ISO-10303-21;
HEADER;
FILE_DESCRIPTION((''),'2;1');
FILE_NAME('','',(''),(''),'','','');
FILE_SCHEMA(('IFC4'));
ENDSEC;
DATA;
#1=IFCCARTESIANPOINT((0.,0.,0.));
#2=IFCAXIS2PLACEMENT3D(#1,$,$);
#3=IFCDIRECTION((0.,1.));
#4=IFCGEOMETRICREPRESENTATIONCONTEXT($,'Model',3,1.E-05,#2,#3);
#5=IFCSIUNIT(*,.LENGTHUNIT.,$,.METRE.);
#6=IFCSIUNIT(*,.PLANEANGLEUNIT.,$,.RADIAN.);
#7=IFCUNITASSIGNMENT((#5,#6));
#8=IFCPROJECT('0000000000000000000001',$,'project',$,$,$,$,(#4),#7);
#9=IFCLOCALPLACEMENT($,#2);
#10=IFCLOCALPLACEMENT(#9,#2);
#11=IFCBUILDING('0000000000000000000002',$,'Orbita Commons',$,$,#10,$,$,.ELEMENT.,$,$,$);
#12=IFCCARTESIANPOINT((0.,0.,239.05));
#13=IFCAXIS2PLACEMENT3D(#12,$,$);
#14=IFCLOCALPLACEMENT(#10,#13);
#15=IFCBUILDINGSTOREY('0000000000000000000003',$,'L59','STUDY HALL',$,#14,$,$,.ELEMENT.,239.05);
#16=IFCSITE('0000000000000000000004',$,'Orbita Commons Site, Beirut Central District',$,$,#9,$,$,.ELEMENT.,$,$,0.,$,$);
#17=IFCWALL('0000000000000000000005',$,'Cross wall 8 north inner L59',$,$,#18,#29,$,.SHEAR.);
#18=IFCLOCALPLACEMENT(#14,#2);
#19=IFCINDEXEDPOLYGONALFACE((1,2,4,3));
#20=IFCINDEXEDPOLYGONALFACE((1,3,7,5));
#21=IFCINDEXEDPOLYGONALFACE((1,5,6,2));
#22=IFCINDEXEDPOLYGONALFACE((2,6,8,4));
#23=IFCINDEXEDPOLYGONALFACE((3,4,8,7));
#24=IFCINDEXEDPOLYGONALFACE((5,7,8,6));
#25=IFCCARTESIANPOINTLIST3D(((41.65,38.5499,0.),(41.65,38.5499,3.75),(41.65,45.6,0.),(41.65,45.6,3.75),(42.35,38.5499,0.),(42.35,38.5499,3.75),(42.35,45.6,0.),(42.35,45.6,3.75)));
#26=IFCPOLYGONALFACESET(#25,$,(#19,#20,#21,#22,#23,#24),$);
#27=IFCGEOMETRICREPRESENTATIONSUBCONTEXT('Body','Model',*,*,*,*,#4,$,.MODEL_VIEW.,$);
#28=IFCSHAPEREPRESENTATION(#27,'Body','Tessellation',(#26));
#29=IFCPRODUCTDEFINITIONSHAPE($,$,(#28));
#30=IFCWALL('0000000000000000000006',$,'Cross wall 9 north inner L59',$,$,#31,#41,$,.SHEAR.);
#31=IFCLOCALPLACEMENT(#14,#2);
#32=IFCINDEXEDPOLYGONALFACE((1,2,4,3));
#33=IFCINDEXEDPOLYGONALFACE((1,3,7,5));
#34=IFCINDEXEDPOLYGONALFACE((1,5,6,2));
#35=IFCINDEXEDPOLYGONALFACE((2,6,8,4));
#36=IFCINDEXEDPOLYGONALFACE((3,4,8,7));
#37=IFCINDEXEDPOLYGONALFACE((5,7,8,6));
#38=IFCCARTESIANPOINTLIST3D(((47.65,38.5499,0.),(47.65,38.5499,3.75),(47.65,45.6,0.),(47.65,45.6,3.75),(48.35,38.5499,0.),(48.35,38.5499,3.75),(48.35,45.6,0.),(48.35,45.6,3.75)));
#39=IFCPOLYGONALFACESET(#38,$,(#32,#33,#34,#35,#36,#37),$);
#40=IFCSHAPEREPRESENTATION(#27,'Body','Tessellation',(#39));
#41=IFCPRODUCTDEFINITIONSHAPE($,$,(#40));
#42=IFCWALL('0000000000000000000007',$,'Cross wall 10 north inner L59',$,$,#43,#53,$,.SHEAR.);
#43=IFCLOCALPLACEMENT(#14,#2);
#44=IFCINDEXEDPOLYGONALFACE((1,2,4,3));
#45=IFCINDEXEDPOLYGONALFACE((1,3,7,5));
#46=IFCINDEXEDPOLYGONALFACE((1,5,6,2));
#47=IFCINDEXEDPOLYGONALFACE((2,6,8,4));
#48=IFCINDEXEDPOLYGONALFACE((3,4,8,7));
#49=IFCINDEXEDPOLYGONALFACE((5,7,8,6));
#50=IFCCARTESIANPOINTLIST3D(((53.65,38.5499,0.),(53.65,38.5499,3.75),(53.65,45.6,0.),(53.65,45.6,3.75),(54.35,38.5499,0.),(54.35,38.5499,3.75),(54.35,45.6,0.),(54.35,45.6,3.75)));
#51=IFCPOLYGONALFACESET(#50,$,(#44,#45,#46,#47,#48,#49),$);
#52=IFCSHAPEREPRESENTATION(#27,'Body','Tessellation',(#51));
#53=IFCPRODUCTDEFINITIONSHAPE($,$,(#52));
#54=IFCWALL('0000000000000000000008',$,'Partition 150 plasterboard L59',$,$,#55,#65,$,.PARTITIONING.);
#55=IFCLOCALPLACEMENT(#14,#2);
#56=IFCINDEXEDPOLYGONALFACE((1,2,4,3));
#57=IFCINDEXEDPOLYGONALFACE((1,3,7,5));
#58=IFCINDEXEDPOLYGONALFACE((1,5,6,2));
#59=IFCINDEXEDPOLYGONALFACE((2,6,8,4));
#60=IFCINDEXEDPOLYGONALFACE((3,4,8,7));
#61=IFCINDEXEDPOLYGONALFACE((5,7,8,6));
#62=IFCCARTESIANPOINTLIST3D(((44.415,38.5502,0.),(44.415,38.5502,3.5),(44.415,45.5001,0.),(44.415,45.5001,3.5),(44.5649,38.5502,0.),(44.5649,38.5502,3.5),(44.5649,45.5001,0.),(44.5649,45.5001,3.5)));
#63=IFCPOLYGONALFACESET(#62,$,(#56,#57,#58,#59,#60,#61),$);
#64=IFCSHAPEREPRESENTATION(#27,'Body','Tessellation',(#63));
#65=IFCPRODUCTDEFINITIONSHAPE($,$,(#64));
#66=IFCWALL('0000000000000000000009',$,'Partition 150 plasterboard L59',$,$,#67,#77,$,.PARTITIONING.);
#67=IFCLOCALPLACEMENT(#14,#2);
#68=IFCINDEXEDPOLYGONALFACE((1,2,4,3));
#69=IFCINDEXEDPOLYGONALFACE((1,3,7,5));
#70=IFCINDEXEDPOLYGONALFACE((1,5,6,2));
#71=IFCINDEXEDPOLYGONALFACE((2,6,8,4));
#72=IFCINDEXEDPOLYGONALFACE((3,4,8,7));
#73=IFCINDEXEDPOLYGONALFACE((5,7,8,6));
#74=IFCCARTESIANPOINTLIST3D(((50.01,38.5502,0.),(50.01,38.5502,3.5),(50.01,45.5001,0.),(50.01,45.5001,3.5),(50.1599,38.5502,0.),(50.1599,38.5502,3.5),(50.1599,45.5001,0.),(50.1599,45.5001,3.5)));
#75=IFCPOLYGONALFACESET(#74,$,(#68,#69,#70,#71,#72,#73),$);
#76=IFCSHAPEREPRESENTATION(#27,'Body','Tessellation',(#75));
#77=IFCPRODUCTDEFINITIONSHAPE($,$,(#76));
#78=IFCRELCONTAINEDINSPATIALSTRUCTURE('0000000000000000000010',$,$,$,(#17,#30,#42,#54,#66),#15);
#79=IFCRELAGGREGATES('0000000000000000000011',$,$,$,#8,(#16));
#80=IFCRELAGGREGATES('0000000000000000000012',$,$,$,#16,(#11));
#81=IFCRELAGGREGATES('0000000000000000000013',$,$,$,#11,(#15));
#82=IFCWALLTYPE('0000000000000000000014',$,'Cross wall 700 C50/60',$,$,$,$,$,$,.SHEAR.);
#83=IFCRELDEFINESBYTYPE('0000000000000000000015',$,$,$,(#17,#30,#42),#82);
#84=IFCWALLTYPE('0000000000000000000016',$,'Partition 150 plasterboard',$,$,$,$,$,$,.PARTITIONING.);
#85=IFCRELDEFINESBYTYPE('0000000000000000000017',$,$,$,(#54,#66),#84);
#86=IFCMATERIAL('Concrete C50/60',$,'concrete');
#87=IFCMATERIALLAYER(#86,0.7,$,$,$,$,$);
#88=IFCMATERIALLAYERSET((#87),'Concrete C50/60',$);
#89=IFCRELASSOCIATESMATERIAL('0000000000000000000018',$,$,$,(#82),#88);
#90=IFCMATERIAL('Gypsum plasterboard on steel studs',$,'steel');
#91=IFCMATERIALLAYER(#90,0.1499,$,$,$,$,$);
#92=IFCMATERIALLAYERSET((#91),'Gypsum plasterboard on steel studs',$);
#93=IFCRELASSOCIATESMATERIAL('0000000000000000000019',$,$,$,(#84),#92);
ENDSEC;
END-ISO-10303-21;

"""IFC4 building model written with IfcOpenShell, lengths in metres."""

from ifc_helpers import new_model, si_unit, direction, frame, frame_2d, origin, place, context, subcontext, project, spatial, rectangle, extrude, material, layer, layer_set, type_object, element, save


model = new_model("IFC4")

# Units and contexts
model_context = context("Model", 3, precision=1e-05, world=origin(), true_north=direction((0.0, 1.0)))
body_context = subcontext(model_context, "Body", "Model", "MODEL_VIEW")
ifc_project = project(units=[si_unit("LENGTHUNIT", "METRE"), si_unit("PLANEANGLEUNIT", "RADIAN")], contexts=[model_context])

# Site, building, storey
site_placement = place(None, origin())
site = spatial("IfcSite", under=ifc_project, at=site_placement, Name="Orbita Commons Site, Beirut Central District", CompositionType="ELEMENT", RefElevation=0.0)
building_placement = place(site_placement, origin())
building = spatial("IfcBuilding", under=site, at=building_placement, Name="Orbita Commons", CompositionType="ELEMENT")
storey_placement = place(building_placement, frame((0.0, 0.0, 239.05)))
storey = spatial("IfcBuildingStorey", under=building, at=storey_placement, Name="L59", Description="STUDY HALL", CompositionType="ELEMENT", Elevation=239.05)

# Walls
ifc_material_1 = material(Name="Concrete C50/60", Category="concrete")
ifc_layer_1 = layer(ifc_material_1, 0.7)
ifc_layer_set_1 = layer_set([ifc_layer_1], Name="Concrete C50/60")
wall_type_1 = type_object("IfcWallType", Name="Cross wall 700 C50/60", PredefinedType="SHEAR", material=ifc_layer_set_1)
for number, where, z_axis, x_axis, name in (
    (1, (42.0, 38.55, 0.0), (0.0, 0.0, 1.0), (0.0, 1.0, 0.0), "Cross wall 8 north inner L59"),
    (2, (48.0, 38.55, 0.0), (0.0, 0.0, 1.0), (0.0, 1.0, 0.0), "Cross wall 9 north inner L59"),
    (3, (54.0, 38.55, 0.0), (0.0, 0.0, 1.0), (0.0, 1.0, 0.0), "Cross wall 10 north inner L59"),
):
    element("IfcWall", number, at=place(storey_placement, frame(where, z_axis=z_axis, x_axis=x_axis)), inside=storey, type_object=wall_type_1, Name=name, PredefinedType="SHEAR", context=body_context, shape_type="SweptSolid", body=[
        extrude(rectangle(XDim=7.05, YDim=0.7, at=frame_2d((3.5249, 0.0))), origin(), (0.0, 0.0, 1.0), 3.75),
    ])
ifc_material_2 = material(Name="Gypsum plasterboard on steel studs", Category="steel")
ifc_layer_2 = layer(ifc_material_2, 0.1499)
ifc_layer_set_2 = layer_set([ifc_layer_2], Name="Gypsum plasterboard on steel studs")
wall_type_2 = type_object("IfcWallType", Name="Partition 150 plasterboard", PredefinedType="PARTITIONING", material=ifc_layer_set_2)
for number, where, z_axis, x_axis, name in (
    (4, (44.49, 38.55, 0.0), (0.0, 0.0, 1.0), (0.0, 1.0, 0.0), "Partition 150 plasterboard L59"),
    (5, (50.085, 38.55, 0.0), (0.0, 0.0, 1.0), (0.0, 1.0, 0.0), "Partition 150 plasterboard L59"),
):
    element("IfcWall", number, at=place(storey_placement, frame(where, z_axis=z_axis, x_axis=x_axis)), inside=storey, type_object=wall_type_2, Name=name, PredefinedType="PARTITIONING", context=body_context, shape_type="SweptSolid", body=[
        extrude(rectangle(XDim=6.95, YDim=0.1499, at=frame_2d((3.4751, 0.0))), origin(), (0.0, 0.0, 1.0), 3.5),
    ])

save(model, "model.ifc")
